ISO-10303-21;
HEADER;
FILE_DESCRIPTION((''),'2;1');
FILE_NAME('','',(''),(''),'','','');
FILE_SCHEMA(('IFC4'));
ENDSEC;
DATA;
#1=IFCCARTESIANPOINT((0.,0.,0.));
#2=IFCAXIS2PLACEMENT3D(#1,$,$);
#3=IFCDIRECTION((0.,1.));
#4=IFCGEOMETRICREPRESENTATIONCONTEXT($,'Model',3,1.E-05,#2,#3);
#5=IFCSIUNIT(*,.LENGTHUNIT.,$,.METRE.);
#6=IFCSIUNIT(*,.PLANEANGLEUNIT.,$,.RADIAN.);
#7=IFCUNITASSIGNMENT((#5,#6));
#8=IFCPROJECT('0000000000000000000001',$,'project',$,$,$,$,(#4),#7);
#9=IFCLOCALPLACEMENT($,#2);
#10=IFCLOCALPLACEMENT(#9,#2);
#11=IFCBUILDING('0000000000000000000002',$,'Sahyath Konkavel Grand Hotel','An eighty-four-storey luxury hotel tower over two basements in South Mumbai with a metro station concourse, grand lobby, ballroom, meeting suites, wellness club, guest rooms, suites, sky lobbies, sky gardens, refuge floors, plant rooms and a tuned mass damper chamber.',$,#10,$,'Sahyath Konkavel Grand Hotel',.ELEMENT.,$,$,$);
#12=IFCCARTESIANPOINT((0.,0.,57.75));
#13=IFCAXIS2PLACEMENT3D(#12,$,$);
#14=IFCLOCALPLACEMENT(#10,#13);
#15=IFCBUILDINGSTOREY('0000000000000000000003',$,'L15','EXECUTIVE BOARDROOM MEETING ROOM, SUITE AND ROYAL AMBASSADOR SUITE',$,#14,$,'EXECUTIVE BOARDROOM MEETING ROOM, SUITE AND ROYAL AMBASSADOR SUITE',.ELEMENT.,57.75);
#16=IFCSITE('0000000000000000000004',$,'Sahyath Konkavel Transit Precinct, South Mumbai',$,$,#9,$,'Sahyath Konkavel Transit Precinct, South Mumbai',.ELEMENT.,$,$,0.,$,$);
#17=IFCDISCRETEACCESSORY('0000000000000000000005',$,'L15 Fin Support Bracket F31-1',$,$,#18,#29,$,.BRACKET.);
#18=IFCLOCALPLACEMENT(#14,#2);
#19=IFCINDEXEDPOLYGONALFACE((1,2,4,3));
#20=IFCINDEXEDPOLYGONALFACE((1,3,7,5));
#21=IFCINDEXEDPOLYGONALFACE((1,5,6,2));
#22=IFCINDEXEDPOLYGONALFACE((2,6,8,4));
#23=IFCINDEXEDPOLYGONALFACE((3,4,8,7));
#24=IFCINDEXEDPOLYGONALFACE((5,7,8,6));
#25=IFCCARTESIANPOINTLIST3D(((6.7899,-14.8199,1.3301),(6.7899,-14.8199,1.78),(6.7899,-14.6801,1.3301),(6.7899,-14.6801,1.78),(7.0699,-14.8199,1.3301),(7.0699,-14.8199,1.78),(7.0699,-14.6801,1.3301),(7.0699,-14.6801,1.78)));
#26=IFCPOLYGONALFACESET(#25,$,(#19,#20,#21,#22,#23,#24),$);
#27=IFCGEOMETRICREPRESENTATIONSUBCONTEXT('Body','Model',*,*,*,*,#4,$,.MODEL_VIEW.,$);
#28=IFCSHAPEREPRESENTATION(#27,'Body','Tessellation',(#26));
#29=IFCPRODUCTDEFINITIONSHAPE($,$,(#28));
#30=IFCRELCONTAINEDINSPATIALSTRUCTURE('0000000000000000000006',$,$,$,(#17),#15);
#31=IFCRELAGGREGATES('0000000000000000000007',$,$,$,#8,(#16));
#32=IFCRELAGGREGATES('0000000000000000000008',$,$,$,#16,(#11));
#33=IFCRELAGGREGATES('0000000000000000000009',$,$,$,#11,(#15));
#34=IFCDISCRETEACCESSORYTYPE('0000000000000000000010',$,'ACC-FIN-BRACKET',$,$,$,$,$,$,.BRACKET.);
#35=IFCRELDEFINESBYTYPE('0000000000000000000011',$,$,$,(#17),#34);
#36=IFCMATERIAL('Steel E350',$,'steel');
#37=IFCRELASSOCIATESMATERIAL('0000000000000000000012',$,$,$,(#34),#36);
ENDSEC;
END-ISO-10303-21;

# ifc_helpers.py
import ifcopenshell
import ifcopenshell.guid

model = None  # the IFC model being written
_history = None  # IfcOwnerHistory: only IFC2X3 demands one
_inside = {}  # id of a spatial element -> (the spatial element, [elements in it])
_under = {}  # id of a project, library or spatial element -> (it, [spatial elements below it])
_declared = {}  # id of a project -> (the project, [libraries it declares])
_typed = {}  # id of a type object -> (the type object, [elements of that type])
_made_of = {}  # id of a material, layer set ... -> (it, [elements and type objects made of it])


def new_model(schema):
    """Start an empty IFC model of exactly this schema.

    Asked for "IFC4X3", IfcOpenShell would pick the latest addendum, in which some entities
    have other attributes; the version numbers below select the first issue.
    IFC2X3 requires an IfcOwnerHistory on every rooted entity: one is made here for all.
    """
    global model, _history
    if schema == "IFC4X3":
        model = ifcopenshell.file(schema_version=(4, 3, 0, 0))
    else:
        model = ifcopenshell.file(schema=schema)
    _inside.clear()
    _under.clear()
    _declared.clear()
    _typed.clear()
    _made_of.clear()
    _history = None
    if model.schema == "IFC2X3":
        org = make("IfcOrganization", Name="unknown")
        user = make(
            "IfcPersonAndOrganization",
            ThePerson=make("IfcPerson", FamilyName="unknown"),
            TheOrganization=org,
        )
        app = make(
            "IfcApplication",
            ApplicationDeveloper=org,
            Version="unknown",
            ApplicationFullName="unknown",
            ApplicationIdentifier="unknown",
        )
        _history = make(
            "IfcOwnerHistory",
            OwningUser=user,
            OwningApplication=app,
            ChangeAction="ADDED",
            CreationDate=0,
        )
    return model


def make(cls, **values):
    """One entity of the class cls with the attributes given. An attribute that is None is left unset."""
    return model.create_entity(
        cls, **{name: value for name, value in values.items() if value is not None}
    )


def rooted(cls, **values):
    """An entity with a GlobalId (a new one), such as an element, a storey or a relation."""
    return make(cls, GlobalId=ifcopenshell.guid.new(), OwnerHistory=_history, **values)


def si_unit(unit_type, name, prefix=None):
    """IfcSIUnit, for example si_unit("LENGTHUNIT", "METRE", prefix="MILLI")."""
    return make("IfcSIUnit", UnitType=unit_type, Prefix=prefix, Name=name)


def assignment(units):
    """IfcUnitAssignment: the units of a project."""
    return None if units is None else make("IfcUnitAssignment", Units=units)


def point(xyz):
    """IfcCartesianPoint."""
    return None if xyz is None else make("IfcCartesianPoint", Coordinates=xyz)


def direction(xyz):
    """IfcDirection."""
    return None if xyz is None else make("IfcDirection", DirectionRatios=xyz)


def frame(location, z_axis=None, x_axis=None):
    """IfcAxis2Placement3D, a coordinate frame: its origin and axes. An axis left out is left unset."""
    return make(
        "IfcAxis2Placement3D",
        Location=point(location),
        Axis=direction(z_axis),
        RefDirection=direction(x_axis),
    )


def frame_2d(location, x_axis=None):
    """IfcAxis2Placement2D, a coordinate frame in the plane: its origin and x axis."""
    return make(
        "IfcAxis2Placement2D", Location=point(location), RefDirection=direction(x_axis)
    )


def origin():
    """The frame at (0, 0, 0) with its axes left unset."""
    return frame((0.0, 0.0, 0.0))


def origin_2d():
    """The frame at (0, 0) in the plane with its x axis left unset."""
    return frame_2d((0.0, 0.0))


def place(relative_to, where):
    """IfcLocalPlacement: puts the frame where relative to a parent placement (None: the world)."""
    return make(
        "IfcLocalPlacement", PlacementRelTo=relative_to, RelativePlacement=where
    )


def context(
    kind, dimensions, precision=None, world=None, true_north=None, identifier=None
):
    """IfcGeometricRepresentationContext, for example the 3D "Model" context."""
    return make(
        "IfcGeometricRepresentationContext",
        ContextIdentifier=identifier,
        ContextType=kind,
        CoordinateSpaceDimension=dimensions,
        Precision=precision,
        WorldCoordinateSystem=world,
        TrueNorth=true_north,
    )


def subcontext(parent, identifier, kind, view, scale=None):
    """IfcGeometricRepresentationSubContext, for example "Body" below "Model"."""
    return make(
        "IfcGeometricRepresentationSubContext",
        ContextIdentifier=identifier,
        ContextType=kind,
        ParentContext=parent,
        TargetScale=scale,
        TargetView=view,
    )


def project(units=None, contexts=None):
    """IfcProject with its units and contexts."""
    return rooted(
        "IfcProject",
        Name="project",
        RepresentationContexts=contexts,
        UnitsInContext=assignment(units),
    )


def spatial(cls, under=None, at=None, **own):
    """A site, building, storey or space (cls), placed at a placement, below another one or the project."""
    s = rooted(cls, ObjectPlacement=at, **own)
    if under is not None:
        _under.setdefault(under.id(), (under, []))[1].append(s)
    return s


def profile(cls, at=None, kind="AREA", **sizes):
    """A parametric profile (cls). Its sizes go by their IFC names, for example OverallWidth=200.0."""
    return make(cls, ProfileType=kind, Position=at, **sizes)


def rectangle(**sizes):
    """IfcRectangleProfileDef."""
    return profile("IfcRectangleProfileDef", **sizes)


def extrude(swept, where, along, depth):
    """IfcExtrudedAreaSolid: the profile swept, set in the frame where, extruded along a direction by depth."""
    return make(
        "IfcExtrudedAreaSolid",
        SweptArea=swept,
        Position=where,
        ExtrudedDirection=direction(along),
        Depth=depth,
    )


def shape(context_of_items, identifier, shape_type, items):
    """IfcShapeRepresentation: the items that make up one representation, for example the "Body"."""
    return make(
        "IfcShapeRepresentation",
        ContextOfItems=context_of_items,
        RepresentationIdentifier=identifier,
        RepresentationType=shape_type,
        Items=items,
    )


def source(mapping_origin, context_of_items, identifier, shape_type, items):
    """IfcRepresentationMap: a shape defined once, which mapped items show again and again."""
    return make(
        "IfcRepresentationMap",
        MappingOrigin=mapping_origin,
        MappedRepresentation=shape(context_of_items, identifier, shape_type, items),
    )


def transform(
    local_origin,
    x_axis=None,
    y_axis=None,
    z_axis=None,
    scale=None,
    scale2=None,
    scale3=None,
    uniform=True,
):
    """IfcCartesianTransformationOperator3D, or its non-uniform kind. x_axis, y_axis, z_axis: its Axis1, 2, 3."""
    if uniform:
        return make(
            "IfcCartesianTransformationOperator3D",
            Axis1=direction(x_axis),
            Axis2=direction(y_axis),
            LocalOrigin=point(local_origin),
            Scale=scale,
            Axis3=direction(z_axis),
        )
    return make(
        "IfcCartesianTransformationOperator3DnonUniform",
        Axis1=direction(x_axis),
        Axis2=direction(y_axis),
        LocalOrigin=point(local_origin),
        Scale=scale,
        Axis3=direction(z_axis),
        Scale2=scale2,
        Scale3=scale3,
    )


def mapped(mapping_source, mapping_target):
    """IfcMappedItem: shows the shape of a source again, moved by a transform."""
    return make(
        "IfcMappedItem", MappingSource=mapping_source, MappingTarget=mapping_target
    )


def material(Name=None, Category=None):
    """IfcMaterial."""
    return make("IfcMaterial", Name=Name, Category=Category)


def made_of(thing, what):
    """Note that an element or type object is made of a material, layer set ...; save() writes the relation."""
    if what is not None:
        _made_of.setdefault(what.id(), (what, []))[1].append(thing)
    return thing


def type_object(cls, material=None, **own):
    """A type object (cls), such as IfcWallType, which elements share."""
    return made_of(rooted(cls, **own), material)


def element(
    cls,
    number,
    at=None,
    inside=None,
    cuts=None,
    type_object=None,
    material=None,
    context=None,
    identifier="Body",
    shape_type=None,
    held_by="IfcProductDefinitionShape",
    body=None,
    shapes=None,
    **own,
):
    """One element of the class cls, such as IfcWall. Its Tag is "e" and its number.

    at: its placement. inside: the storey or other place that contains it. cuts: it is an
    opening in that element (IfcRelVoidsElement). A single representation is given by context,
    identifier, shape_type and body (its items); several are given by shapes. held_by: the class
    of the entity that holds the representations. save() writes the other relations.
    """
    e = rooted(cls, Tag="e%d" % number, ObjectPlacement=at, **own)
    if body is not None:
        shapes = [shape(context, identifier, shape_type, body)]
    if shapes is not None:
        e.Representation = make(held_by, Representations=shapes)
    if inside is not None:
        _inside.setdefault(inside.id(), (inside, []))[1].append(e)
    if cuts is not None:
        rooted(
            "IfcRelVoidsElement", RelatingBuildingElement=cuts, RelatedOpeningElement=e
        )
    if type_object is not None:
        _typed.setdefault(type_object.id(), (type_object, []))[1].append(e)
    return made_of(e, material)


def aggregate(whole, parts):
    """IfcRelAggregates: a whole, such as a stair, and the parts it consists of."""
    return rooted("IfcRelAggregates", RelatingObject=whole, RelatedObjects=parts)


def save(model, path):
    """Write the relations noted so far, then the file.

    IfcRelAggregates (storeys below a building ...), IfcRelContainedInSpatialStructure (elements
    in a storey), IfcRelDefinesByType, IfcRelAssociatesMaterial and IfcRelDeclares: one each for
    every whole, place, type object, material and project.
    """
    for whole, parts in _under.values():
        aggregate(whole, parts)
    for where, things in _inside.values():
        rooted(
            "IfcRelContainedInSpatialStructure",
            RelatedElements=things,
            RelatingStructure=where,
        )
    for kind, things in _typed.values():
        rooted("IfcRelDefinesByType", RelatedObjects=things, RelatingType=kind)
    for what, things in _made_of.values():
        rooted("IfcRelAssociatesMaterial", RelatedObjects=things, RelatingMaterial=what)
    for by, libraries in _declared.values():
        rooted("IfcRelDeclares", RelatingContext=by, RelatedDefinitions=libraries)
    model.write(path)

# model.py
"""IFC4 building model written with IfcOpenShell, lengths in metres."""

from ifc_helpers import new_model, si_unit, direction, frame, origin, origin_2d, place, context, subcontext, project, spatial, rectangle, extrude, source, transform, mapped, material, type_object, element, save


model = new_model("IFC4")

# Units and contexts
model_context = context("Model", 3, precision=1e-05, world=origin(), true_north=direction((0.0, 1.0)))
body_context = subcontext(model_context, "Body", "Model", "MODEL_VIEW")
ifc_project = project(units=[si_unit("LENGTHUNIT", "METRE"), si_unit("PLANEANGLEUNIT", "RADIAN")], contexts=[model_context])

# Site, building, storey
site_placement = place(None, origin())
site = spatial("IfcSite", under=ifc_project, at=site_placement, Name="Sahyath Konkavel Transit Precinct, South Mumbai", LongName="Sahyath Konkavel Transit Precinct, South Mumbai", CompositionType="ELEMENT", RefElevation=0.0)
building_placement = place(site_placement, origin())
building = spatial("IfcBuilding", under=site, at=building_placement, Name="Sahyath Konkavel Grand Hotel", Description="An eighty-four-storey luxury hotel tower over two basements in South Mumbai with a metro station concourse, grand lobby, ballroom, meeting suites, wellness club, guest rooms, suites, sky lobbies, sky gardens, refuge floors, plant rooms and a tuned mass damper chamber.", LongName="Sahyath Konkavel Grand Hotel", CompositionType="ELEMENT")
storey_placement = place(building_placement, frame((0.0, 0.0, 57.75)))
storey = spatial("IfcBuildingStorey", under=building, at=storey_placement, Name="L15", Description="EXECUTIVE BOARDROOM MEETING ROOM, SUITE AND ROYAL AMBASSADOR SUITE", LongName="EXECUTIVE BOARDROOM MEETING ROOM, SUITE AND ROYAL AMBASSADOR SUITE", CompositionType="ELEMENT", Elevation=57.75)

# Discrete accessory
ifc_material_1 = material(Name="Steel E350", Category="steel")
discrete_accessory_type = type_object("IfcDiscreteAccessoryType", Name="ACC-FIN-BRACKET", PredefinedType="BRACKET", material=ifc_material_1)
shared_shape_1 = source(origin(), body_context, "Body", "SweptSolid", [
    extrude(rectangle(XDim=0.28, YDim=0.1399, at=origin_2d()), origin(), (0.0, 0.0, 1.0), 0.45),
])
for number, where, z_axis, x_axis, name in (
    (1, (6.9299, -14.75, 1.3301), (0.0, 0.0, 1.0), (1.0, 0.0, 0.0), "L15 Fin Support Bracket F31-1"),
):
    element("IfcDiscreteAccessory", number, at=place(storey_placement, frame(where, z_axis=z_axis, x_axis=x_axis)), inside=storey, type_object=discrete_accessory_type, Name=name, PredefinedType="BRACKET", context=body_context, shape_type="MappedRepresentation", body=[
        mapped(shared_shape_1, transform((0.0, 0.0, 0.0), scale=1.0)),
    ])

save(model, "model.ifc")
